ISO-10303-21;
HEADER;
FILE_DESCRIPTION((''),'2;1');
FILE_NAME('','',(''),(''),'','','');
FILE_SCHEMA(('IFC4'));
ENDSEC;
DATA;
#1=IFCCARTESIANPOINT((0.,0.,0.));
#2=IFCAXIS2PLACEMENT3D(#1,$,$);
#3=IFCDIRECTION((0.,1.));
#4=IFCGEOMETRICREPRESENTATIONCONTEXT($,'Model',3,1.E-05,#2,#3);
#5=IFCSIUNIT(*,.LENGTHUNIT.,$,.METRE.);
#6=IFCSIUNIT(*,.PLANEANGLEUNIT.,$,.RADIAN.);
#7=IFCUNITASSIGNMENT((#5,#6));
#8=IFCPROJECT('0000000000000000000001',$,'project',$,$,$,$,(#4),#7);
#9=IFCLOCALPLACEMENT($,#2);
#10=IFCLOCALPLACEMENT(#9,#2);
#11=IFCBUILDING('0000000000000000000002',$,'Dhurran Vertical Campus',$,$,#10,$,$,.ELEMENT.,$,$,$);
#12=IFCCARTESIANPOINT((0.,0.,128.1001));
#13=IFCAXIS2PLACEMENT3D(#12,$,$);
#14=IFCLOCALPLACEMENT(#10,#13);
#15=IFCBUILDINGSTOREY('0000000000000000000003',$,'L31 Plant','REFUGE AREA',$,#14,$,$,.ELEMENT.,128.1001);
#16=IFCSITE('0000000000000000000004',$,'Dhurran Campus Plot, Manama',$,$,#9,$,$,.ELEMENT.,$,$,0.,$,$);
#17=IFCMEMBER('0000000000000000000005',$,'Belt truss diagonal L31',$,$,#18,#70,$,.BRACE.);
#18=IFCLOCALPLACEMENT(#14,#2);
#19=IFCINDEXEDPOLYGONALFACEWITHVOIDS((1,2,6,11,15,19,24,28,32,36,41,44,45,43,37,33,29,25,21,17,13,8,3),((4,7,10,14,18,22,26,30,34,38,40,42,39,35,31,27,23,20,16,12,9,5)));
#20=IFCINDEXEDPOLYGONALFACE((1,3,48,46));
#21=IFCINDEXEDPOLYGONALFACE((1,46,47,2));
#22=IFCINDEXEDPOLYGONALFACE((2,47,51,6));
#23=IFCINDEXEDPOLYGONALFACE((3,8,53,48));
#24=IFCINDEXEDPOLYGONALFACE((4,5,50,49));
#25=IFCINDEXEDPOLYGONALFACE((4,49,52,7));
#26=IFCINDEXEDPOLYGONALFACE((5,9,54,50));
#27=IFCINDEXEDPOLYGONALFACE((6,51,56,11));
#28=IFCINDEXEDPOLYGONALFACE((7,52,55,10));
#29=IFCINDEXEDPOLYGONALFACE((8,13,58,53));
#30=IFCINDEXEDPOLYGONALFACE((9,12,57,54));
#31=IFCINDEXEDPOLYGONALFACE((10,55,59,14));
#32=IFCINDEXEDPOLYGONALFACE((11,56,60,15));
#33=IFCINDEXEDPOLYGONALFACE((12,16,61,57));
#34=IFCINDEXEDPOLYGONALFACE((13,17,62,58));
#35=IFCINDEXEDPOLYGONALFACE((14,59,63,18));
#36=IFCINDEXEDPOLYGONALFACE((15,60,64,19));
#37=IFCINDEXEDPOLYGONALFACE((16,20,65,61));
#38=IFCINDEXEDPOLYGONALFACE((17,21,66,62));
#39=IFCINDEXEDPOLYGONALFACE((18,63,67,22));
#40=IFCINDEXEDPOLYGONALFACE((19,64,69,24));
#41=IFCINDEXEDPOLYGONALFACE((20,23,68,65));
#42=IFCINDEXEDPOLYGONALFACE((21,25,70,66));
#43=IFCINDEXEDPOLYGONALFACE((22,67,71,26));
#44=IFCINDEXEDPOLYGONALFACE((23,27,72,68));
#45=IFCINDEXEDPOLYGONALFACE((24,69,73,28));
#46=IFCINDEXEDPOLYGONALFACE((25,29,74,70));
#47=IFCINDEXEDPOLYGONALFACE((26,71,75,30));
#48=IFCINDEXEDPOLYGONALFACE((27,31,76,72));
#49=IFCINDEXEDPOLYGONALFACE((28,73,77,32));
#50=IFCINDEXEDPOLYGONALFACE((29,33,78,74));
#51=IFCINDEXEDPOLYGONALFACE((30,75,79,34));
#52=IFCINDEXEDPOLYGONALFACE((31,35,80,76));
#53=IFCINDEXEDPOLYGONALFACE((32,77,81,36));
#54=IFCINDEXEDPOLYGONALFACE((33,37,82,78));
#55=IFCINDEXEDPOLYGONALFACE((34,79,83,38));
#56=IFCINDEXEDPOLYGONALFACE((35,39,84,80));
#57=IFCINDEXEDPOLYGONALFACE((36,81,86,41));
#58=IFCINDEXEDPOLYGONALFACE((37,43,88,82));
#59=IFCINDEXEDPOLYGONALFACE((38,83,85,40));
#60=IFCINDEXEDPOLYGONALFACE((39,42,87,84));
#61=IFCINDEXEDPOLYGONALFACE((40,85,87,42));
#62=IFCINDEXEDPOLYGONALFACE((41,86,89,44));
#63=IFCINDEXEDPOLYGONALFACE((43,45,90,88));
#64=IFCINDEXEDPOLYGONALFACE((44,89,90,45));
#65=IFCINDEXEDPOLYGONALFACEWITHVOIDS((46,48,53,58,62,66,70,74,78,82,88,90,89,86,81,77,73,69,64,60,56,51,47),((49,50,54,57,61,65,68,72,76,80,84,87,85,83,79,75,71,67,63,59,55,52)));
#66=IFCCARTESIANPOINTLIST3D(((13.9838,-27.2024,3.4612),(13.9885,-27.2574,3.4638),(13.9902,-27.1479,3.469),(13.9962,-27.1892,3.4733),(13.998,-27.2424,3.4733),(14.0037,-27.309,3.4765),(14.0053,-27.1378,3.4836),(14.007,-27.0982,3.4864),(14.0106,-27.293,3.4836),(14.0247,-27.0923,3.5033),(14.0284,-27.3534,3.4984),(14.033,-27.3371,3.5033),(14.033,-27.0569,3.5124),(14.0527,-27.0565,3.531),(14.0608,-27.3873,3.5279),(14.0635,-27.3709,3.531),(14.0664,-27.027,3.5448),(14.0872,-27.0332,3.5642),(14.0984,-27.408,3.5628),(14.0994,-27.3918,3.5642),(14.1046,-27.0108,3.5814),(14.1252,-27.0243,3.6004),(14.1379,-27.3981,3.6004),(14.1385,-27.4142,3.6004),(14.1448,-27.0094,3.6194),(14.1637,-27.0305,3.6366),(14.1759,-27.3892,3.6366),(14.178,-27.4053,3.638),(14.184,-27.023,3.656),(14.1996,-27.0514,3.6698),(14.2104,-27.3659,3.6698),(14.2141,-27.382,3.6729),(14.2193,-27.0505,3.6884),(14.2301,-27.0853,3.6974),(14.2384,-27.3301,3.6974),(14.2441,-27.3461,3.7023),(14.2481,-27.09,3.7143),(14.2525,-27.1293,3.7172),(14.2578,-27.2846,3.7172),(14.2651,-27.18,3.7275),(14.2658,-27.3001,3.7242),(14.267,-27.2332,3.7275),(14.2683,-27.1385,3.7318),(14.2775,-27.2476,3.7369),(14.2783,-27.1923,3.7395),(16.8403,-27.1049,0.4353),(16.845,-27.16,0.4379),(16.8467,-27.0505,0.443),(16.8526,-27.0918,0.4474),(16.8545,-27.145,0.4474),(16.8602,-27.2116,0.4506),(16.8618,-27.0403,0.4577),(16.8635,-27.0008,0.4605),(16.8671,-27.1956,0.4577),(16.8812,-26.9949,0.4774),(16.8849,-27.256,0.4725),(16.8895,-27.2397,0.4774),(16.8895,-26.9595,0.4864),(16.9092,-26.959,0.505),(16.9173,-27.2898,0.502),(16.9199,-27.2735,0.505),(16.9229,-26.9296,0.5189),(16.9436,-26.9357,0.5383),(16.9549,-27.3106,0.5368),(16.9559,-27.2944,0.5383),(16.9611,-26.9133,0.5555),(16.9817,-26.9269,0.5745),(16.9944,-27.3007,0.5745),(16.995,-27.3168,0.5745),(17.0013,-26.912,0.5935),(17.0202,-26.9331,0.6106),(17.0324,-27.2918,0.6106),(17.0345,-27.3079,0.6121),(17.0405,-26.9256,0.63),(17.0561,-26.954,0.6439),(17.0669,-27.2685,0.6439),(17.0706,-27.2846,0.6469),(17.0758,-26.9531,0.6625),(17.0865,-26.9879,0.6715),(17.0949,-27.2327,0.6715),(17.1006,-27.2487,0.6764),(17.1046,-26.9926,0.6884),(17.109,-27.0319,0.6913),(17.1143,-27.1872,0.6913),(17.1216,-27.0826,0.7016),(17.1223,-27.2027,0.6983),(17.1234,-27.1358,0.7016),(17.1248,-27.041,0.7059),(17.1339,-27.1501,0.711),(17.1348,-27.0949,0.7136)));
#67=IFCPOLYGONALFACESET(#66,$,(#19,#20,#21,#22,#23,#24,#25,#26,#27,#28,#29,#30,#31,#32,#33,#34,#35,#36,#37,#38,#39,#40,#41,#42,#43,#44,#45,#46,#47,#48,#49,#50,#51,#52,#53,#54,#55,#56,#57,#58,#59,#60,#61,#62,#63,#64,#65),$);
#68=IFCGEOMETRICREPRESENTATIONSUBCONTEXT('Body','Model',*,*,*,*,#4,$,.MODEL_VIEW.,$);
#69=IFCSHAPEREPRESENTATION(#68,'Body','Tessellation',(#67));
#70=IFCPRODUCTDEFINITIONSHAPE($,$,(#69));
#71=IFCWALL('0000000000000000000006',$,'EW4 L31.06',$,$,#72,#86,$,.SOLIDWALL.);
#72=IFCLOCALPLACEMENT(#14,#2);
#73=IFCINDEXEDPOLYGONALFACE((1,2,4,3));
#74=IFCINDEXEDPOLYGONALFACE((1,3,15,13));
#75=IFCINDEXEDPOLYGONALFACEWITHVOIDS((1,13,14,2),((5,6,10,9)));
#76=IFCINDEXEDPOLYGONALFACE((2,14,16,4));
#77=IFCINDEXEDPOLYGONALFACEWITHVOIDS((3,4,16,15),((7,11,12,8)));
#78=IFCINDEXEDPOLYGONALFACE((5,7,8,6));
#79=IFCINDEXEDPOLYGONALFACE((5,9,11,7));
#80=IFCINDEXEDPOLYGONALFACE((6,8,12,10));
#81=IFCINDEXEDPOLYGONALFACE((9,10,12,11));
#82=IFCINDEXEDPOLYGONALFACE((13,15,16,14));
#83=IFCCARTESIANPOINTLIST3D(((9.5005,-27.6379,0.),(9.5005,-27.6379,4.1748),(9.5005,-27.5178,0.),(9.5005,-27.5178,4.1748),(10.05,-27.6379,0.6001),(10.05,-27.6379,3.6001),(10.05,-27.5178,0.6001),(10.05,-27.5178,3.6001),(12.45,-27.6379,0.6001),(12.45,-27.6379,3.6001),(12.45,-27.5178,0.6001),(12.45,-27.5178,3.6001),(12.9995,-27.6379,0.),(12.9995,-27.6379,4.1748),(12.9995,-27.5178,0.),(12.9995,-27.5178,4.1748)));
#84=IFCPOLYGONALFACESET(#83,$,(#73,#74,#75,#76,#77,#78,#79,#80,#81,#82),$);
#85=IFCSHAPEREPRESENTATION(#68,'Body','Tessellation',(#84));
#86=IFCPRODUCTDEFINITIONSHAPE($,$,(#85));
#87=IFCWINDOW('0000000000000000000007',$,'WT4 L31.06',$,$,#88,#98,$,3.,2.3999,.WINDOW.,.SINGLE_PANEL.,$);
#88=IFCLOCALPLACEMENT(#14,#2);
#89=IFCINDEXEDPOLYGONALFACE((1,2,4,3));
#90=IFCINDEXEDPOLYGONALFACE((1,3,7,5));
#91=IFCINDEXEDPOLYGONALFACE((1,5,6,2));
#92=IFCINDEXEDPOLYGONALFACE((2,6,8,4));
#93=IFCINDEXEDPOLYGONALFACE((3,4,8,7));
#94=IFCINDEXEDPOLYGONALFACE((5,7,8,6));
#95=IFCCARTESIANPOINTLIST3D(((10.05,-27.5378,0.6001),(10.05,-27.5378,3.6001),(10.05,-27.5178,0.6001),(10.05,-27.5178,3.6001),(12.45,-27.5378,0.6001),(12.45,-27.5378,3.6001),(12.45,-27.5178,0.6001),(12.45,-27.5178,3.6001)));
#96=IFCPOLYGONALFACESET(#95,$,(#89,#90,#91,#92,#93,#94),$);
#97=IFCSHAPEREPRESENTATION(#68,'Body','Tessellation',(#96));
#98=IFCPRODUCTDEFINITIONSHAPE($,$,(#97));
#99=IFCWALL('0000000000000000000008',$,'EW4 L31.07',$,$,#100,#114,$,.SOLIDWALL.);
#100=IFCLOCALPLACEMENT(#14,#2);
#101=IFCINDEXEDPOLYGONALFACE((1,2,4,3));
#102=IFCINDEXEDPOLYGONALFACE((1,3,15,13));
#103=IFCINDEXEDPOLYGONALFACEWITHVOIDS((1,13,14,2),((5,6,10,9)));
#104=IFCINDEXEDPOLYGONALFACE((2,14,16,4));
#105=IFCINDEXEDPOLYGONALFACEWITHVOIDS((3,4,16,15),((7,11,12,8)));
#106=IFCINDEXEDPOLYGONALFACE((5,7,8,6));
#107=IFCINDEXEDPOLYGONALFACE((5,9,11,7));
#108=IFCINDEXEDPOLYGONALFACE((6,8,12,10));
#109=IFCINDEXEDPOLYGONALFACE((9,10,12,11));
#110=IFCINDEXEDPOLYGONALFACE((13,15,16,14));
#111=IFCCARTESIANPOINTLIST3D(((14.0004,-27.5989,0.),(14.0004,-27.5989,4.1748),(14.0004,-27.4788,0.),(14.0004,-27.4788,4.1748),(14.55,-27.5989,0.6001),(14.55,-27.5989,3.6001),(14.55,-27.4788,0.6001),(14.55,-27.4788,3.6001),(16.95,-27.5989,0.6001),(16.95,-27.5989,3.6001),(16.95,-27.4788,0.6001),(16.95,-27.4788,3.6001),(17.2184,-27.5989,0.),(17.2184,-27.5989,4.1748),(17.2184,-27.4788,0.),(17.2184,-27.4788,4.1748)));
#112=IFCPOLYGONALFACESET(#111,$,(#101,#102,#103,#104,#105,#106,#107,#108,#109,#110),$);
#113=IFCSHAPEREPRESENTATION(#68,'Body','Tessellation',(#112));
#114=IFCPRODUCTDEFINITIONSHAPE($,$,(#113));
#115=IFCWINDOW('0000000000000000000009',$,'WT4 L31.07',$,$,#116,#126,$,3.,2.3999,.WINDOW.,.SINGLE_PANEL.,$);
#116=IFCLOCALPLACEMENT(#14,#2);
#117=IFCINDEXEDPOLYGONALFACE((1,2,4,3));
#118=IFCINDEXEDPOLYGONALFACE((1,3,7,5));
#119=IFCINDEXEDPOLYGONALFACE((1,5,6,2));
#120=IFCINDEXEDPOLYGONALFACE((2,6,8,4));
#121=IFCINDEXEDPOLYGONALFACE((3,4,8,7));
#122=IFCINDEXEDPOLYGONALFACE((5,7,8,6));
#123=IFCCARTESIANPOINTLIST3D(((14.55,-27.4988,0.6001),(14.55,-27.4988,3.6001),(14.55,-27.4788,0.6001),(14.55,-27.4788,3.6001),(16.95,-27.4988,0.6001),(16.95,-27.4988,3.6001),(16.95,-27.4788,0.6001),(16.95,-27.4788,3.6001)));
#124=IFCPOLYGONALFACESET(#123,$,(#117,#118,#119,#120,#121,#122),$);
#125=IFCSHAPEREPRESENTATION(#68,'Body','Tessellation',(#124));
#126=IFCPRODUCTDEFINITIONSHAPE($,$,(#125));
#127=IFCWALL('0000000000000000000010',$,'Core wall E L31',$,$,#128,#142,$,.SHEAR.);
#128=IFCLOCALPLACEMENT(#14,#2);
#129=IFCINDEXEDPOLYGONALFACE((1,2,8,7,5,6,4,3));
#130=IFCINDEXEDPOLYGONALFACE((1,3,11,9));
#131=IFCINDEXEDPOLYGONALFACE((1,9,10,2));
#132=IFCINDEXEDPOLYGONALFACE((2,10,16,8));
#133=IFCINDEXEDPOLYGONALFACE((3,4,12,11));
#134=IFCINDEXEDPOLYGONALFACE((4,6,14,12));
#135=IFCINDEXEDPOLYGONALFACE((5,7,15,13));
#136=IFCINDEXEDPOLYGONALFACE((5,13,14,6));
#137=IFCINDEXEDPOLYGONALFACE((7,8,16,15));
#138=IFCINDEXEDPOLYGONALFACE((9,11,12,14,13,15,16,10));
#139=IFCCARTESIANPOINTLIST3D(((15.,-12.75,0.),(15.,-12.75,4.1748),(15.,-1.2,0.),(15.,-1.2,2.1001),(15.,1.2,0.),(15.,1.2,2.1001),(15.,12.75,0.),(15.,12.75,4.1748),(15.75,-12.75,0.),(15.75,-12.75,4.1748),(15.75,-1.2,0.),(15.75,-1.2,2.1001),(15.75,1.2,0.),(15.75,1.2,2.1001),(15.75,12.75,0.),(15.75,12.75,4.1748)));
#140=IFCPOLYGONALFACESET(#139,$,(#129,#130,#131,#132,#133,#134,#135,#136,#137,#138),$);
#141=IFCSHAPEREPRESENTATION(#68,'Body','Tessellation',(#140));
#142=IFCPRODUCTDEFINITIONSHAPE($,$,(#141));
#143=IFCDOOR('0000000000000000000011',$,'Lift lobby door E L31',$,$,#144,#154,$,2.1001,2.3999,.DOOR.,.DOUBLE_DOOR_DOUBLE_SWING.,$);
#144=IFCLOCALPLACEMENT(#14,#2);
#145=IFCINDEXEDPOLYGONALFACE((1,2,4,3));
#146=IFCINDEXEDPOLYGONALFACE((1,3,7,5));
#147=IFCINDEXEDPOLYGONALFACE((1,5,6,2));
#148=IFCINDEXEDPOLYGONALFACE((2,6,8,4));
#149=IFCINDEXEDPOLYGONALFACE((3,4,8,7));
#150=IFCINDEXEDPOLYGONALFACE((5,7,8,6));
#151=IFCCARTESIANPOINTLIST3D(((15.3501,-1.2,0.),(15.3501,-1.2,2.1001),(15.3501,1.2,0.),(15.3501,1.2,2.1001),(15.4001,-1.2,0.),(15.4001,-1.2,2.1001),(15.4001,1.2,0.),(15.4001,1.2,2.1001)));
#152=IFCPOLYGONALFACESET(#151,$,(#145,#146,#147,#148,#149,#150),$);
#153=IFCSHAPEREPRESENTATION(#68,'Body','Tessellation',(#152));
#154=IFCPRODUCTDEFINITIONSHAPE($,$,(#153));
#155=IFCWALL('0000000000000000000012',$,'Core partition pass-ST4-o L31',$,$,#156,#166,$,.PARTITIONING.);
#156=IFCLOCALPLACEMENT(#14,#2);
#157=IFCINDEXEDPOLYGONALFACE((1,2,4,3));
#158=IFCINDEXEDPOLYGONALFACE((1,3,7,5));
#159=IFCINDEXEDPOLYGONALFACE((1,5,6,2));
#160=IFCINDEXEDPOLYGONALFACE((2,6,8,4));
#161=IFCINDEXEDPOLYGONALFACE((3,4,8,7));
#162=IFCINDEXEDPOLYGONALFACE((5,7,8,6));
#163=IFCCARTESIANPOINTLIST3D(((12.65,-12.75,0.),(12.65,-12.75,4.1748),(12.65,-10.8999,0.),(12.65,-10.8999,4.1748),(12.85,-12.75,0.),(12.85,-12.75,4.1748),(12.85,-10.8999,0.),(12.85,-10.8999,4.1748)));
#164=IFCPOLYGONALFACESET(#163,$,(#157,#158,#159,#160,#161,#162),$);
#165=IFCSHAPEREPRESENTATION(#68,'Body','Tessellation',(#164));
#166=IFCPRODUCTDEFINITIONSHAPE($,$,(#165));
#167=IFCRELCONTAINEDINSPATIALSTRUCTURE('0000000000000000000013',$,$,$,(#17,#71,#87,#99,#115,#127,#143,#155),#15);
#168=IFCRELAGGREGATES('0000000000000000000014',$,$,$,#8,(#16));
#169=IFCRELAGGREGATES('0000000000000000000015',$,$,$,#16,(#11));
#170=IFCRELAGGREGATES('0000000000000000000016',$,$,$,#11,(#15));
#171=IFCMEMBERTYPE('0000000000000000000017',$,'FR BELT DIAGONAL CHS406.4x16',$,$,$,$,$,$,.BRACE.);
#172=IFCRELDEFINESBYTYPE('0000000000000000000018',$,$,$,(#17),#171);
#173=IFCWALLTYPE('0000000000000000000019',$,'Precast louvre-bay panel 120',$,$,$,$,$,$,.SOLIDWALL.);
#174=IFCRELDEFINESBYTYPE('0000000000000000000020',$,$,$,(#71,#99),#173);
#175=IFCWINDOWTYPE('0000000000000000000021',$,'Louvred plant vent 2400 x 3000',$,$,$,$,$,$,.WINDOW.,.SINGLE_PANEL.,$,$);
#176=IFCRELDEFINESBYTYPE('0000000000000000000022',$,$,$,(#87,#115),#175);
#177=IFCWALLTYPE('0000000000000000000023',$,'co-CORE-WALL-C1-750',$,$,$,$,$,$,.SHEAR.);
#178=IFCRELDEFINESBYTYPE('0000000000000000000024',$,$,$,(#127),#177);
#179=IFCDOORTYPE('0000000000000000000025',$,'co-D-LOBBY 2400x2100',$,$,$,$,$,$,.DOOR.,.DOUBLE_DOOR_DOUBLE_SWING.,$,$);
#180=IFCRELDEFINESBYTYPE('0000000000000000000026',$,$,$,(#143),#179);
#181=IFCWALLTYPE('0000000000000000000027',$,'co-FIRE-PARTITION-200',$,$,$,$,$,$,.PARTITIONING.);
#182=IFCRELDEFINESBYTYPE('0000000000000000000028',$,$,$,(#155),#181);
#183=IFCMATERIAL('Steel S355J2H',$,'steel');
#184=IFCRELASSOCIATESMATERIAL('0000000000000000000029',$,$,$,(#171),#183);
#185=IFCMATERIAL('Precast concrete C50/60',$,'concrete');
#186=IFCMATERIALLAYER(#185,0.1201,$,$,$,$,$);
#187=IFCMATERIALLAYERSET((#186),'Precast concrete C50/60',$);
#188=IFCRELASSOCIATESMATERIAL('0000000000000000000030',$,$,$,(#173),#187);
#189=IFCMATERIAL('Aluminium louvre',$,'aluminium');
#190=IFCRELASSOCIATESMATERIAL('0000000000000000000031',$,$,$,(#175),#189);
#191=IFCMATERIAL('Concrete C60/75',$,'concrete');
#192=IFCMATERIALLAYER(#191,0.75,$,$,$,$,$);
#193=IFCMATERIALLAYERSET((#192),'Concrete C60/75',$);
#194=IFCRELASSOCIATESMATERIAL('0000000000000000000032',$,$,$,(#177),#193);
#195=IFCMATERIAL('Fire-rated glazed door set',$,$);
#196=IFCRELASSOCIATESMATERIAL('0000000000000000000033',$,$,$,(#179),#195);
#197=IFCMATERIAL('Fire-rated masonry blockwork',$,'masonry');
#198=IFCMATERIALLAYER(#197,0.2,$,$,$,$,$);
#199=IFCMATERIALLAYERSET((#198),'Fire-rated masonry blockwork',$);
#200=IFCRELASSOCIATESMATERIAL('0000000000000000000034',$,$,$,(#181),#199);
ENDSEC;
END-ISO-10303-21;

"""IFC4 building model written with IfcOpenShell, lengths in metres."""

from ifc_helpers import new_model, si_unit, direction, frame, frame_2d, origin, origin_2d, place, context, subcontext, project, spatial, rectangle, hollow_circle, extrude, material, layer, layer_set, material_profile, profile_set, type_object, element, fill, save


model = new_model("IFC4")

# Units and contexts
model_context = context("Model", 3, precision=1e-05, world=origin(), true_north=direction((0.0, 1.0)))
body_context = subcontext(model_context, "Body", "Model", "MODEL_VIEW")
ifc_project = project(units=[si_unit("LENGTHUNIT", "METRE"), si_unit("PLANEANGLEUNIT", "RADIAN")], contexts=[model_context])

# Site, building, storey
site_placement = place(None, origin())
site = spatial("IfcSite", under=ifc_project, at=site_placement, Name="Dhurran Campus Plot, Manama", CompositionType="ELEMENT", RefElevation=0.0)
building_placement = place(site_placement, origin())
building = spatial("IfcBuilding", under=site, at=building_placement, Name="Dhurran Vertical Campus", CompositionType="ELEMENT")
storey_placement = place(building_placement, frame((0.0, 0.0, 128.1001)))
storey = spatial("IfcBuildingStorey", under=building, at=storey_placement, Name="L31 Plant", Description="REFUGE AREA", CompositionType="ELEMENT", Elevation=128.1001)

# Member
ifc_material_1 = material(Name="Steel S355J2H", Category="steel")
ifc_material_profile_1 = material_profile(ifc_material_1, hollow_circle(Radius=0.2031, WallThickness=0.0161, at=origin_2d()), Name="CHS406.4x16")
ifc_profile_set_1 = profile_set([ifc_material_profile_1], Name="Steel S355J2H")
member_type = type_object("IfcMemberType", Name="FR BELT DIAGONAL CHS406.4x16", PredefinedType="BRACE", material=ifc_profile_set_1)
member_1_placement = place(storey_placement, frame((16.988, -27.1138, 0.5745), z_axis=(-0.686267, -0.023403, 0.726973), x_axis=(0.034083, -0.999419, 0.0)))
element("IfcMember", 1, at=member_1_placement, inside=storey, type_object=member_type, Name="Belt truss diagonal L31", PredefinedType="BRACE", context=body_context, shape_type="SweptSolid", body=[
    extrude(hollow_circle(Radius=0.2031, WallThickness=0.0161, at=origin_2d()), origin(), (0.0, 0.0, 1.0), 4.1624),
])

# Walls, openings, windows
ifc_material_2 = material(Name="Precast concrete C50/60", Category="concrete")
ifc_layer_1 = layer(ifc_material_2, 0.1201)
ifc_layer_set_1 = layer_set([ifc_layer_1], Name="Precast concrete C50/60")
wall_type_1 = type_object("IfcWallType", Name="Precast louvre-bay panel 120", PredefinedType="SOLIDWALL", material=ifc_layer_set_1)
wall_1_placement = place(storey_placement, frame((9.5005, -27.5779, 0.0), z_axis=(0.0, 0.0, 1.0), x_axis=(1.0, 0.0, 0.0)))
wall_1 = element("IfcWall", 2, at=wall_1_placement, inside=storey, type_object=wall_type_1, Name="EW4 L31.06", PredefinedType="SOLIDWALL", context=body_context, shape_type="SweptSolid", body=[
    extrude(rectangle(XDim=3.499, YDim=0.1201, at=frame_2d((1.7495, 0.0))), origin(), (0.0, 0.0, 1.0), 4.1748),
])
opening_1_placement = place(wall_1_placement, frame((0.5496, 0.0, 0.6001)))
opening_1 = element("IfcOpeningElement", 3, at=opening_1_placement, cuts=wall_1, PredefinedType="OPENING", context=body_context, shape_type="SweptSolid", body=[
    extrude(rectangle(XDim=2.3999, YDim=3.0, at=frame_2d((1.2, 1.5))), frame((0.0, 0.0701, 0.0), z_axis=(0.0, -1.0, 0.0), x_axis=(1.0, 0.0, 0.0)), (0.0, 0.0, 1.0), 0.1401),
])
ifc_material_3 = material(Name="Aluminium louvre", Category="aluminium")
window_type = type_object("IfcWindowType", Name="Louvred plant vent 2400 x 3000", PartitioningType="SINGLE_PANEL", PredefinedType="WINDOW", material=ifc_material_3)
window_1_placement = place(opening_1_placement, origin())
window_1 = element("IfcWindow", 4, at=window_1_placement, inside=storey, type_object=window_type, Name="WT4 L31.06", OverallHeight=3.0, OverallWidth=2.3999, PartitioningType="SINGLE_PANEL", PredefinedType="WINDOW", context=body_context, shape_type="SweptSolid", body=[
    extrude(rectangle(XDim=2.3999, YDim=3.0, at=frame_2d((1.2, 1.5))), frame((0.0, 0.0601, 0.0), z_axis=(0.0, -1.0, 0.0), x_axis=(1.0, 0.0, 0.0)), (0.0, 0.0, 1.0), 0.02),
])
fill(opening_1, window_1)
wall_2_placement = place(storey_placement, frame((14.0005, -27.5388, 0.0), z_axis=(0.0, 0.0, 1.0), x_axis=(1.0, 0.0, 0.0)))
wall_2 = element("IfcWall", 5, at=wall_2_placement, inside=storey, type_object=wall_type_1, Name="EW4 L31.07", PredefinedType="SOLIDWALL", context=body_context, shape_type="SweptSolid", body=[
    extrude(rectangle(XDim=3.218, YDim=0.1201, at=frame_2d((1.6089, 0.0))), origin(), (0.0, 0.0, 1.0), 4.1748),
])
opening_2_placement = place(wall_2_placement, frame((0.5496, 0.0, 0.6001)))
opening_2 = element("IfcOpeningElement", 6, at=opening_2_placement, cuts=wall_2, PredefinedType="OPENING", context=body_context, shape_type="SweptSolid", body=[
    extrude(rectangle(XDim=2.3999, YDim=3.0, at=frame_2d((1.2, 1.5))), frame((0.0, 0.0701, 0.0), z_axis=(0.0, -1.0, 0.0), x_axis=(1.0, 0.0, 0.0)), (0.0, 0.0, 1.0), 0.1401),
])
window_2_placement = place(opening_2_placement, origin())
window_2 = element("IfcWindow", 7, at=window_2_placement, inside=storey, type_object=window_type, Name="WT4 L31.07", OverallHeight=3.0, OverallWidth=2.3999, PartitioningType="SINGLE_PANEL", PredefinedType="WINDOW", context=body_context, shape_type="SweptSolid", body=[
    extrude(rectangle(XDim=2.3999, YDim=3.0, at=frame_2d((1.2, 1.5))), frame((0.0, 0.0601, 0.0), z_axis=(0.0, -1.0, 0.0), x_axis=(1.0, 0.0, 0.0)), (0.0, 0.0, 1.0), 0.02),
])
fill(opening_2, window_2)

# Wall, opening, door
ifc_material_4 = material(Name="Concrete C60/75", Category="concrete")
ifc_layer_2 = layer(ifc_material_4, 0.75)
ifc_layer_set_2 = layer_set([ifc_layer_2], Name="Concrete C60/75")
wall_type_2 = type_object("IfcWallType", Name="co-CORE-WALL-C1-750", PredefinedType="SHEAR", material=ifc_layer_set_2)
wall_3_placement = place(storey_placement, frame((15.375, -12.75, 0.0), z_axis=(0.0, 0.0, 1.0), x_axis=(0.0, 1.0, 0.0)))
wall_3 = element("IfcWall", 8, at=wall_3_placement, inside=storey, type_object=wall_type_2, Name="Core wall E L31", PredefinedType="SHEAR", context=body_context, shape_type="SweptSolid", body=[
    extrude(rectangle(XDim=25.5, YDim=0.75, at=frame_2d((12.75, 0.0))), origin(), (0.0, 0.0, 1.0), 4.1748),
])
opening_3_placement = place(wall_3_placement, frame((11.55, 0.0, 0.0)))
opening_3 = element("IfcOpeningElement", 9, at=opening_3_placement, cuts=wall_3, PredefinedType="OPENING", context=body_context, shape_type="SweptSolid", body=[
    extrude(rectangle(XDim=2.3999, YDim=2.1001, at=frame_2d((1.2, 1.05))), frame((0.0, 0.385, 0.0), z_axis=(0.0, -1.0, 0.0), x_axis=(1.0, 0.0, 0.0)), (0.0, 0.0, 1.0), 0.77),
])
ifc_material_5 = material(Name="Fire-rated glazed door set")
door_type_1 = type_object("IfcDoorType", Name="co-D-LOBBY 2400x2100", OperationType="DOUBLE_DOOR_DOUBLE_SWING", PredefinedType="DOOR", material=ifc_material_5)
door_1_placement = place(opening_3_placement, origin())
door_1 = element("IfcDoor", 10, at=door_1_placement, inside=storey, type_object=door_type_1, Name="Lift lobby door E L31", OperationType="DOUBLE_DOOR_DOUBLE_SWING", OverallHeight=2.1001, OverallWidth=2.3999, PredefinedType="DOOR", context=body_context, shape_type="SweptSolid", body=[
    extrude(rectangle(XDim=2.3999, YDim=2.1001, at=frame_2d((1.2, 1.05))), frame((0.0, 0.0249, 0.0), z_axis=(0.0, -1.0, 0.0), x_axis=(1.0, 0.0, 0.0)), (0.0, 0.0, 1.0), 0.05),
])
fill(opening_3, door_1)

# Wall
ifc_material_6 = material(Name="Fire-rated masonry blockwork", Category="masonry")
ifc_layer_3 = layer(ifc_material_6, 0.2)
ifc_layer_set_3 = layer_set([ifc_layer_3], Name="Fire-rated masonry blockwork")
wall_type_3 = type_object("IfcWallType", Name="co-FIRE-PARTITION-200", PredefinedType="PARTITIONING", material=ifc_layer_set_3)
wall_4_placement = place(storey_placement, frame((12.75, -12.75, 0.0), z_axis=(0.0, 0.0, 1.0), x_axis=(0.0, 1.0, 0.0)))
element("IfcWall", 11, at=wall_4_placement, inside=storey, type_object=wall_type_3, Name="Core partition pass-ST4-o L31", PredefinedType="PARTITIONING", context=body_context, shape_type="SweptSolid", body=[
    extrude(rectangle(XDim=1.8501, YDim=0.2, at=frame_2d((0.925, 0.0))), origin(), (0.0, 0.0, 1.0), 4.1748),
])

save(model, "model.ifc")
